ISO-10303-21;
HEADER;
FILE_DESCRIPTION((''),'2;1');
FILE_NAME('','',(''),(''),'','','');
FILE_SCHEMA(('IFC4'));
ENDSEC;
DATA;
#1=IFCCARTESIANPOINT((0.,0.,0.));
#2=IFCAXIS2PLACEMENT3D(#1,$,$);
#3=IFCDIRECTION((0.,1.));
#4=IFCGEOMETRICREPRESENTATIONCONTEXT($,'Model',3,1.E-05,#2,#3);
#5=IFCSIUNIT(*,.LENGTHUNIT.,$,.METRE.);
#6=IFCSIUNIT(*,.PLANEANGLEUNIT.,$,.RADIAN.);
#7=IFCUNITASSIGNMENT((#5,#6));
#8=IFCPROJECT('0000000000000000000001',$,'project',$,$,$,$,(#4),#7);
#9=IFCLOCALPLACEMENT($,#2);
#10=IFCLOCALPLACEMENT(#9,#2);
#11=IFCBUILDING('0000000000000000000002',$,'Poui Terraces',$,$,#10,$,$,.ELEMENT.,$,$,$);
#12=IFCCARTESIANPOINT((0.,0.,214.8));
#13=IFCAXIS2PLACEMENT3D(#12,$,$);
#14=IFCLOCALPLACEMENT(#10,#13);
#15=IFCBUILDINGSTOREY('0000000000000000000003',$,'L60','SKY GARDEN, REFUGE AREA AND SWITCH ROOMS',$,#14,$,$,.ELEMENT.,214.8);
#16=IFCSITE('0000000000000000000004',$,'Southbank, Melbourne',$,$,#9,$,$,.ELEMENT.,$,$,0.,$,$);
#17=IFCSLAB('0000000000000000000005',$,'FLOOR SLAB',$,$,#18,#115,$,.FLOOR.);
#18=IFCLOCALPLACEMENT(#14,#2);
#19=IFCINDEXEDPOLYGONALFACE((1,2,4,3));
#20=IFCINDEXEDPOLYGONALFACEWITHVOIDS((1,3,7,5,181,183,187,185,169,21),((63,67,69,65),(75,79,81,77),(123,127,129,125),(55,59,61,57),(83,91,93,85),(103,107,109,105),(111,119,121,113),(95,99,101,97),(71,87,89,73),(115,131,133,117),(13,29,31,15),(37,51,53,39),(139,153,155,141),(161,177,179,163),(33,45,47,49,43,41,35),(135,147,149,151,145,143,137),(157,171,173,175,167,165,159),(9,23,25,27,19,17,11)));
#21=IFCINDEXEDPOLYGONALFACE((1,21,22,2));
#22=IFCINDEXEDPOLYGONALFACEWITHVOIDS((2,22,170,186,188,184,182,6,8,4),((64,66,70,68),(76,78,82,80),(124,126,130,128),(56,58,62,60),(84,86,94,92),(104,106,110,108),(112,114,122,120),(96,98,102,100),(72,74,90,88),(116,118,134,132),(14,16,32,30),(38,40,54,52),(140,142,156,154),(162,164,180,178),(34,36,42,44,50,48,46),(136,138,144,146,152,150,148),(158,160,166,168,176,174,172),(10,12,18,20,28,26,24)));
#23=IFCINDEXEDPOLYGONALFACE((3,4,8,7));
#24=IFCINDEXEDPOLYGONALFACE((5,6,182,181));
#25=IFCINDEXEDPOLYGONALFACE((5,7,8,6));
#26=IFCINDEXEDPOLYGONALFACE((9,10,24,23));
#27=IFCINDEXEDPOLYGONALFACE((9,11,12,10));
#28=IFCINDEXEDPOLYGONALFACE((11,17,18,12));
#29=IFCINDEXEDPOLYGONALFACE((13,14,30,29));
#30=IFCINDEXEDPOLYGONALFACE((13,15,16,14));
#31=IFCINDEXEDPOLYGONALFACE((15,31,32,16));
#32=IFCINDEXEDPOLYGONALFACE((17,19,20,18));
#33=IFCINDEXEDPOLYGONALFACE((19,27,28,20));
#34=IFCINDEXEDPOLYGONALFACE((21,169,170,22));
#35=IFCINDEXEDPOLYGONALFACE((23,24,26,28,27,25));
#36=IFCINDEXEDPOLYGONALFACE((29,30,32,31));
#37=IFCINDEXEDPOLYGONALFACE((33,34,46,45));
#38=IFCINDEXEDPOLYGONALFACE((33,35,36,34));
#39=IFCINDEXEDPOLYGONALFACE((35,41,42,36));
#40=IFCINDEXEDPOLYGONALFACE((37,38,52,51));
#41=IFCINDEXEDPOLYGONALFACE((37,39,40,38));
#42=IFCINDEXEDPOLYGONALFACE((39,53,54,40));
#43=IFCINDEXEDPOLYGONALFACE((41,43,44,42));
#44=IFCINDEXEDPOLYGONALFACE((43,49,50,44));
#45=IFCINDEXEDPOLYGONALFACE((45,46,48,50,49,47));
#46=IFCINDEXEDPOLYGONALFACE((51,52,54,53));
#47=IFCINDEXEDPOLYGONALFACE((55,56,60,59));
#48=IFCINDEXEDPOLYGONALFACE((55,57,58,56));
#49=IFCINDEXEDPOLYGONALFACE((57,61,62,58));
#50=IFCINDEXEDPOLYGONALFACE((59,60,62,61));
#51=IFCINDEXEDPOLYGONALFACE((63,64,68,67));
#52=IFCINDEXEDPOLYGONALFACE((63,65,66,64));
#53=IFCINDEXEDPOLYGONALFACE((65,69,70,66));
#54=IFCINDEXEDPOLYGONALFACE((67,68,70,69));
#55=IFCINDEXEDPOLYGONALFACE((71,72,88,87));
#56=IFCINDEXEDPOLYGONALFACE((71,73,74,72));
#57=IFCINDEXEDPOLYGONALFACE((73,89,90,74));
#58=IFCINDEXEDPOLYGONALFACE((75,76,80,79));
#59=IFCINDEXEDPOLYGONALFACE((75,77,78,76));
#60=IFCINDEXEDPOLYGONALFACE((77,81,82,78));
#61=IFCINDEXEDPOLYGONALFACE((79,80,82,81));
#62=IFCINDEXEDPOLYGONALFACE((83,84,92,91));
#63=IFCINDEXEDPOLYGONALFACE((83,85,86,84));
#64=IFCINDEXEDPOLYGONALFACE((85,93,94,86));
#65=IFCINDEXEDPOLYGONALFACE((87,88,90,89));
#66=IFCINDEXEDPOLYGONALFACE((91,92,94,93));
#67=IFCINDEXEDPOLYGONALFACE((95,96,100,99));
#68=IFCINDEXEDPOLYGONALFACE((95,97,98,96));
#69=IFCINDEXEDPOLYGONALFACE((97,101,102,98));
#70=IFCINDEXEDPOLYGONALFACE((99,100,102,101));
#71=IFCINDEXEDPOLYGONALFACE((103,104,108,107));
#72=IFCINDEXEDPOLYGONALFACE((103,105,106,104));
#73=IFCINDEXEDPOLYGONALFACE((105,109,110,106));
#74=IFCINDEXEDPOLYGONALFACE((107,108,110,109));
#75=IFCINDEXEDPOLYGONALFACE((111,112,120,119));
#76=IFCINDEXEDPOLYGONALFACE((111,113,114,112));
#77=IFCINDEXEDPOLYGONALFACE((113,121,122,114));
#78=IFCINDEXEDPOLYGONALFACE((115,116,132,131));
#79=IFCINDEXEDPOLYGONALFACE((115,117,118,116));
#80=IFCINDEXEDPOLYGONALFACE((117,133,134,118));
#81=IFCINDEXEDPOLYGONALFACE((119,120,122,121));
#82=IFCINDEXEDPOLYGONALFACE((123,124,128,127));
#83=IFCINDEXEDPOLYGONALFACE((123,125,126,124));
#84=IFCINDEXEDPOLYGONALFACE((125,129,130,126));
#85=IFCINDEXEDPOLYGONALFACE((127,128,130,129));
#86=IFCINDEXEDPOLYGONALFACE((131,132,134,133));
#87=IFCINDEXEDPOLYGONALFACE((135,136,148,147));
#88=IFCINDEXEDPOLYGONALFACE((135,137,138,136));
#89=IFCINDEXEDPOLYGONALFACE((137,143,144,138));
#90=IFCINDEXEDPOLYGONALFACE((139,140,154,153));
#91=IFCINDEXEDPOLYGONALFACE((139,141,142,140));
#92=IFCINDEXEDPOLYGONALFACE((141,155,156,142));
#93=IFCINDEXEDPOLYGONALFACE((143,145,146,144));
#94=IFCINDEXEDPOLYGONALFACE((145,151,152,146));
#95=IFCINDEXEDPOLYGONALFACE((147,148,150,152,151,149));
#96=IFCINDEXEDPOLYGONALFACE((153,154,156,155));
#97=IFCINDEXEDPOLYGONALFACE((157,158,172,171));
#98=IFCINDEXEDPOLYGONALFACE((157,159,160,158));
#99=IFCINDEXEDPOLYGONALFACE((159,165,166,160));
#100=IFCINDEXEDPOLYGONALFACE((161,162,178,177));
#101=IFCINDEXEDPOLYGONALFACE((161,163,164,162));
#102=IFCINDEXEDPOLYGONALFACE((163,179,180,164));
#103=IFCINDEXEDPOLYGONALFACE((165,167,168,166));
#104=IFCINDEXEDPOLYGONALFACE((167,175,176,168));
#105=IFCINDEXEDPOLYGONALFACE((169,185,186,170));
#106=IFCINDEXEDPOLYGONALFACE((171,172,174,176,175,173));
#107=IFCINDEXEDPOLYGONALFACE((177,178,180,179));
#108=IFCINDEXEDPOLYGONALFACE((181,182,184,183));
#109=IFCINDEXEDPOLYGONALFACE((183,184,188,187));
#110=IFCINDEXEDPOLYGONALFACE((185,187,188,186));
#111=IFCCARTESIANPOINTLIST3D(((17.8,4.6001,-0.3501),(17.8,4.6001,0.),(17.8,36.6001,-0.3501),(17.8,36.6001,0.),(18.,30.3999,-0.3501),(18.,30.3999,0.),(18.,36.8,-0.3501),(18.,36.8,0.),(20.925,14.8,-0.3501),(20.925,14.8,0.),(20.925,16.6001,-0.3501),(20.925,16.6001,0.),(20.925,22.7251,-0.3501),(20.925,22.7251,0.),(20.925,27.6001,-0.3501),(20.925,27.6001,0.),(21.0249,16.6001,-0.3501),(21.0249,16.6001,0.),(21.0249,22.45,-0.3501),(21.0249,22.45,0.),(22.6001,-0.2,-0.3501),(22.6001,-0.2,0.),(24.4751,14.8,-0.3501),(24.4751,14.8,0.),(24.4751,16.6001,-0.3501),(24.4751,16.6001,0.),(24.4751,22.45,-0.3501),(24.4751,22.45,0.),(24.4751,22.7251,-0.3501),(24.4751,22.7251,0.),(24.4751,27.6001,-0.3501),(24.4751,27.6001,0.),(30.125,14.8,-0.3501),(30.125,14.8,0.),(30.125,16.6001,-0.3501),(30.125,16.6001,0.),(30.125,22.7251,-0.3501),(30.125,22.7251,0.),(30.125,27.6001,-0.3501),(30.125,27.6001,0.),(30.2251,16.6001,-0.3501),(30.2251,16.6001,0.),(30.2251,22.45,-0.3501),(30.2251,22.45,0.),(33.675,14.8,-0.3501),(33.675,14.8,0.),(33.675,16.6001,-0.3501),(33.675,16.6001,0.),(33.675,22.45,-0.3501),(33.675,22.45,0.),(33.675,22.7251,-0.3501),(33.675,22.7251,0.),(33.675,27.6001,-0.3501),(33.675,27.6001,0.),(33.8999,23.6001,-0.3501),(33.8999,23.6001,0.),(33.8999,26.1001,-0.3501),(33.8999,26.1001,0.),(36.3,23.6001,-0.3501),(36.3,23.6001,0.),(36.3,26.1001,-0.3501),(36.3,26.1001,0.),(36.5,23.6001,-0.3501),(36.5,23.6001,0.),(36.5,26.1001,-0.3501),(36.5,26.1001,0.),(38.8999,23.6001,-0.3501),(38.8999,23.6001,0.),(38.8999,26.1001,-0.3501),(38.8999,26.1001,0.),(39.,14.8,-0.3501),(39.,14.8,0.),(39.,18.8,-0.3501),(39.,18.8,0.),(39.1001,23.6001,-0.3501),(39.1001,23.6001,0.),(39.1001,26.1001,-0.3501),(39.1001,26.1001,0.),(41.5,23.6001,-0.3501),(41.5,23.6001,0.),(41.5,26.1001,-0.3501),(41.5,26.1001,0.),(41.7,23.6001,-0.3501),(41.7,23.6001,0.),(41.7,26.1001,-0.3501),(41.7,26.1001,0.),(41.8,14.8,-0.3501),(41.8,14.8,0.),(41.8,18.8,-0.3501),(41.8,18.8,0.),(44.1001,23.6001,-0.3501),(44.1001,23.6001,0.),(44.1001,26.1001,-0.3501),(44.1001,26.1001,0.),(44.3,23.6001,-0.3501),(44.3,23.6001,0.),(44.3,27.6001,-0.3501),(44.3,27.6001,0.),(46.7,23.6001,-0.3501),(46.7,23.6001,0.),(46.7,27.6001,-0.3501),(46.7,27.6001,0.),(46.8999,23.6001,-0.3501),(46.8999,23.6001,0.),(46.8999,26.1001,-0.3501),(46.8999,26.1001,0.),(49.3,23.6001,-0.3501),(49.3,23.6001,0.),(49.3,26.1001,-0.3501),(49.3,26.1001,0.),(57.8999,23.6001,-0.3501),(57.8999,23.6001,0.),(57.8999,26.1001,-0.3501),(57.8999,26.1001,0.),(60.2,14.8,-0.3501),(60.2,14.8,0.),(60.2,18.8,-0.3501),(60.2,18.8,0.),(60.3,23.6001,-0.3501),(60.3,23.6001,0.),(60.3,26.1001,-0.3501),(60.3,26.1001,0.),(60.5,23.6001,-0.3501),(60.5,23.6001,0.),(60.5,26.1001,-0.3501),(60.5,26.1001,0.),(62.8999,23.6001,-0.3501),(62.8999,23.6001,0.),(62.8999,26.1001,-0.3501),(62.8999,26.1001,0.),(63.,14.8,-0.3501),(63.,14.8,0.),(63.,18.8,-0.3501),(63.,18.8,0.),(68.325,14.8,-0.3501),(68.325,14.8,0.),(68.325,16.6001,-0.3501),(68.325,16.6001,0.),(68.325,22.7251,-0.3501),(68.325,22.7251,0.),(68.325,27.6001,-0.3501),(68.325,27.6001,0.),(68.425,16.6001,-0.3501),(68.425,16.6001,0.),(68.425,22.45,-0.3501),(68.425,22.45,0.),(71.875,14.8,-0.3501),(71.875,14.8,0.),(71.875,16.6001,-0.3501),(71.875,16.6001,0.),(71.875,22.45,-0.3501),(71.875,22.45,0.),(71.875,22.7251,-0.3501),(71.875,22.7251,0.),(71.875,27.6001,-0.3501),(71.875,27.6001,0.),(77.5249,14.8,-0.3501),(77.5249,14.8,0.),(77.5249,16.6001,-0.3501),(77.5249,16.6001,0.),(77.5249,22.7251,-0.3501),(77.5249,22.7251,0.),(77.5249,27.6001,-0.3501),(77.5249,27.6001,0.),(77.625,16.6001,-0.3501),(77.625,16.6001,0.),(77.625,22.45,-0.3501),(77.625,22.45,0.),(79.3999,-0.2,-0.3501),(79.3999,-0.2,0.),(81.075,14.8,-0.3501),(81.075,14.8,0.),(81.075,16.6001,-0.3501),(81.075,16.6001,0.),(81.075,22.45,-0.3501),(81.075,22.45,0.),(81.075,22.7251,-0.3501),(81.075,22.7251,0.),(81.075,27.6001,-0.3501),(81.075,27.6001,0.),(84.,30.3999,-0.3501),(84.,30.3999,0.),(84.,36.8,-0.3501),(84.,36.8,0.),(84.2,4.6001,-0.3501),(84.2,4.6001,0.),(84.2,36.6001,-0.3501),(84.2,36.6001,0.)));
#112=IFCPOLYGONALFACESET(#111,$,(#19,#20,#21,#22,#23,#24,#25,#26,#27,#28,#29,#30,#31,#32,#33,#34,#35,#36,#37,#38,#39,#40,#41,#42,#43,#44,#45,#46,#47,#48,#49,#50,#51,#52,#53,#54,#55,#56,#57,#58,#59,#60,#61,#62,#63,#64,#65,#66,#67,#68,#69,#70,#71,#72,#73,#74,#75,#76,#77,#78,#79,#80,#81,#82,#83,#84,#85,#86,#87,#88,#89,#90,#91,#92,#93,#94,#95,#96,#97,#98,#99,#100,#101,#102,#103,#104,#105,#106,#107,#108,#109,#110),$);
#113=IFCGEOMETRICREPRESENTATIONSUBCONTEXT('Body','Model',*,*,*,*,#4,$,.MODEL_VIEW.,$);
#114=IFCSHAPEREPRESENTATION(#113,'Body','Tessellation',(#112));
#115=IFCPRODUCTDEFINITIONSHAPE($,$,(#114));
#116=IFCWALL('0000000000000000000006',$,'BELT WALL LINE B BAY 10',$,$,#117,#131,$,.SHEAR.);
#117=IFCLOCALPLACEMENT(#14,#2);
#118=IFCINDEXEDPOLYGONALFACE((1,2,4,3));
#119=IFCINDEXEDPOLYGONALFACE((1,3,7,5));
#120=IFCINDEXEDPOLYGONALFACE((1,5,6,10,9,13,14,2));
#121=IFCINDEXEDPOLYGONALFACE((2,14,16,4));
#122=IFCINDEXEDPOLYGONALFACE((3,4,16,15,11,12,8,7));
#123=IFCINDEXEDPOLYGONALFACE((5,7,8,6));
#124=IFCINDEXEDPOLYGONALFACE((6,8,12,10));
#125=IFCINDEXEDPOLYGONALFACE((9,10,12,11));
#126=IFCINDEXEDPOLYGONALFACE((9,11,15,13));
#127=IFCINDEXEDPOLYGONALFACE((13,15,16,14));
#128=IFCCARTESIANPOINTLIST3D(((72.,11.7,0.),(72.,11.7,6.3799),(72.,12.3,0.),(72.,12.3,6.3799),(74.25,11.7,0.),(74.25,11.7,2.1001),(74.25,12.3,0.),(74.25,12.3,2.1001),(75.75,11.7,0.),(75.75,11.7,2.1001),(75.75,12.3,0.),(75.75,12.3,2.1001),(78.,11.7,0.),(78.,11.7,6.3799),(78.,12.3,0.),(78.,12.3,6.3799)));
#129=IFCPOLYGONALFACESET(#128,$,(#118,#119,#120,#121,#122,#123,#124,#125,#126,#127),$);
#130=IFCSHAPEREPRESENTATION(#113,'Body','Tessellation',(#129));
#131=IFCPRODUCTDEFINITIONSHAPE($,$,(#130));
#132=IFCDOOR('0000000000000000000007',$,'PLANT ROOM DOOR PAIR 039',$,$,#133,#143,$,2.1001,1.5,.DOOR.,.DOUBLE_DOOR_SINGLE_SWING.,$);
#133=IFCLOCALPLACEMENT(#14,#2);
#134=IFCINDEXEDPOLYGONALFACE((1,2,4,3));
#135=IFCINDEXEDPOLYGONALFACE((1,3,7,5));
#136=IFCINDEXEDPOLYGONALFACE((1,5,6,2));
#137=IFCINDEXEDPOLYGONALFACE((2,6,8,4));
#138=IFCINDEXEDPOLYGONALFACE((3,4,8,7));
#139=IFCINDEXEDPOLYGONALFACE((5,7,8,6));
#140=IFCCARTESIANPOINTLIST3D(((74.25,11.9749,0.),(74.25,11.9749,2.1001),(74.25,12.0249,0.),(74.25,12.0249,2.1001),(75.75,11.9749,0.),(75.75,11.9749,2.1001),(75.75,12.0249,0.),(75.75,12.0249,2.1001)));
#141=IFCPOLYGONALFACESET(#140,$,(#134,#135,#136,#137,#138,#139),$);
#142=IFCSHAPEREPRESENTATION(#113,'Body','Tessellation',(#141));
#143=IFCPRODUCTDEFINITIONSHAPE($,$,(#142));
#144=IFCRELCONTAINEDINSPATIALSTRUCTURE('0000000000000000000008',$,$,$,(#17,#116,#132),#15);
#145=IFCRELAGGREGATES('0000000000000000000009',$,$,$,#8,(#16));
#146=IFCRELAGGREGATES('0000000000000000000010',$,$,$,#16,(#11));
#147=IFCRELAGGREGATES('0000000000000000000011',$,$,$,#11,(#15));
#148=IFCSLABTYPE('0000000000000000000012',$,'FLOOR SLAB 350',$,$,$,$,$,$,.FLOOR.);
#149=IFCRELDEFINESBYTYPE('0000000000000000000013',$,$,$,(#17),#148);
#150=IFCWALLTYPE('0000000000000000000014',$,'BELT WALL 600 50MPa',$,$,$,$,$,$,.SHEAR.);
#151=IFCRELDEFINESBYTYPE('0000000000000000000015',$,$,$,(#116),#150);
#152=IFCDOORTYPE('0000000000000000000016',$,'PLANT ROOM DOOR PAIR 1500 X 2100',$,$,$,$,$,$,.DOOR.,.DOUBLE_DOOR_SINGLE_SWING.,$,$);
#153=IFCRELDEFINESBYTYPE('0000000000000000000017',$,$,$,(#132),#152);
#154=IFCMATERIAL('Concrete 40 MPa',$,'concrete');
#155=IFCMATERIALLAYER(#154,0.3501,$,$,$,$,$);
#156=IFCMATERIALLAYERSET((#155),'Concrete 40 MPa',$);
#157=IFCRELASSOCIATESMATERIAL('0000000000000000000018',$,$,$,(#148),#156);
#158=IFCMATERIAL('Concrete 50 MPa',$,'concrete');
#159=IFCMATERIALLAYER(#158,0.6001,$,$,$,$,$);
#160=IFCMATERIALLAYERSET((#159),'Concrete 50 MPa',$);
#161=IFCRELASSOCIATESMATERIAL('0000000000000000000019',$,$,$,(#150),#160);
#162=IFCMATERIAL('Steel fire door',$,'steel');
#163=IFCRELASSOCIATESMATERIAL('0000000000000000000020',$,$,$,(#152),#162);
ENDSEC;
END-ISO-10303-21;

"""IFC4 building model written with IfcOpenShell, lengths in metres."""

from ifc_helpers import new_model, si_unit, direction, frame, frame_2d, origin, place, context, subcontext, project, spatial, polyline, rectangle, outline, extrude, source, transform, mapped, material, layer, layer_set, type_object, element, fill, save


model = new_model("IFC4")

# Units and contexts
model_context = context("Model", 3, precision=1e-05, world=origin(), true_north=direction((0.0, 1.0)))
body_context = subcontext(model_context, "Body", "Model", "MODEL_VIEW")
ifc_project = project(units=[si_unit("LENGTHUNIT", "METRE"), si_unit("PLANEANGLEUNIT", "RADIAN")], contexts=[model_context])

# Site, building, storey
site_placement = place(None, origin())
site = spatial("IfcSite", under=ifc_project, at=site_placement, Name="Southbank, Melbourne", CompositionType="ELEMENT", RefElevation=0.0)
building_placement = place(site_placement, origin())
building = spatial("IfcBuilding", under=site, at=building_placement, Name="Poui Terraces", CompositionType="ELEMENT")
storey_placement = place(building_placement, frame((0.0, 0.0, 214.8)))
storey = spatial("IfcBuildingStorey", under=building, at=storey_placement, Name="L60", Description="SKY GARDEN, REFUGE AREA AND SWITCH ROOMS", CompositionType="ELEMENT", Elevation=214.8)

# Slab
ifc_material_1 = material(Name="Concrete 40 MPa", Category="concrete")
ifc_layer_1 = layer(ifc_material_1, 0.3501)
ifc_layer_set_1 = layer_set([ifc_layer_1], Name="Concrete 40 MPa")
slab_type = type_object("IfcSlabType", Name="FLOOR SLAB 350", PredefinedType="FLOOR", material=ifc_layer_set_1)
shared_shape = source(origin(), body_context, "Body", "SweptSolid", [
    extrude(outline(polyline([(0.0, 0.0), (0.0, 32.0), (-0.2, 32.2), (-0.2, 25.7998), (-66.2, 25.7998), (-66.2, 32.2), (-66.3999, 32.0), (-66.3999, 0.0), (-61.5999, -4.8), (-4.8, -4.8), (0.0, 0.0)]), holes=[polyline([(-45.2, 10.2), (-45.2, 14.2), (-42.3999, 14.2), (-42.3999, 10.2), (-45.2, 10.2)]), polyline([(-63.175, 17.8499), (-59.7249, 17.8499), (-59.7249, 12.0), (-59.7249, 10.2), (-63.2749, 10.2), (-63.2749, 12.0), (-63.175, 12.0), (-63.175, 17.8499)]), polyline([(-53.9749, 17.8499), (-50.5249, 17.8499), (-50.5249, 12.0), (-50.5249, 10.2), (-54.075, 10.2), (-54.075, 12.0), (-53.9749, 12.0), (-53.9749, 17.8499)]), polyline([(-50.3, 19.0), (-50.3, 21.5), (-47.8999, 21.5), (-47.8999, 19.0), (-50.3, 19.0)]), polyline([(-47.7, 19.0), (-47.7, 21.5), (-45.3, 21.5), (-45.3, 19.0), (-47.7, 19.0)]), polyline([(-45.0999, 19.0), (-45.0999, 21.5), (-42.7, 21.5), (-42.7, 19.0), (-45.0999, 19.0)]), polyline([(-42.5, 19.0), (-42.5, 21.5), (-40.0999, 21.5), (-40.0999, 19.0), (-42.5, 19.0)]), polyline([(-63.2749, 23.0), (-59.7249, 23.0), (-59.7249, 18.125), (-63.2749, 18.125), (-63.2749, 23.0)]), polyline([(-54.075, 23.0), (-50.5249, 23.0), (-50.5249, 18.125), (-54.075, 18.125), (-54.075, 23.0)]), polyline([(-24.0, 10.2), (-24.0, 14.2), (-21.2, 14.2), (-21.2, 10.2), (-24.0, 10.2)]), polyline([(-15.7749, 17.8499), (-12.325, 17.8499), (-12.325, 12.0), (-12.325, 10.2), (-15.875, 10.2), (-15.875, 12.0), (-15.7749, 12.0), (-15.7749, 17.8499)]), polyline([(-6.575, 17.8499), (-3.125, 17.8499), (-3.125, 12.0), (-3.125, 10.2), (-6.675, 10.2), (-6.675, 12.0), (-6.575, 12.0), (-6.575, 17.8499)]), polyline([(-37.3, 19.0), (-37.3, 21.5), (-34.8999, 21.5), (-34.8999, 19.0), (-37.3, 19.0)]), polyline([(-26.3, 19.0), (-26.3, 21.5), (-23.8999, 21.5), (-23.8999, 19.0), (-26.3, 19.0)]), polyline([(-23.7, 19.0), (-23.7, 21.5), (-21.3, 21.5), (-21.3, 19.0), (-23.7, 19.0)]), polyline([(-15.875, 18.125), (-15.875, 23.0), (-12.325, 23.0), (-12.325, 18.125), (-15.875, 18.125)]), polyline([(-6.675, 23.0), (-3.125, 23.0), (-3.125, 18.125), (-6.675, 18.125), (-6.675, 23.0)]), polyline([(-39.8999, 23.0), (-37.5, 23.0), (-37.5, 19.0), (-39.8999, 19.0), (-39.8999, 23.0)])]), origin(), (0.0, 0.0, 1.0), 0.3501),
])
slab_placement = place(storey_placement, frame((84.2, 4.6001, -0.3501)))
element("IfcSlab", 1, at=slab_placement, inside=storey, type_object=slab_type, Name="FLOOR SLAB", PredefinedType="FLOOR", context=body_context, shape_type="MappedRepresentation", body=[
    mapped(shared_shape, transform((0.0, 0.0, 0.0))),
])

# Wall, opening, door
ifc_material_2 = material(Name="Concrete 50 MPa", Category="concrete")
ifc_layer_2 = layer(ifc_material_2, 0.6001)
ifc_layer_set_2 = layer_set([ifc_layer_2], Name="Concrete 50 MPa")
wall_type_1 = type_object("IfcWallType", Name="BELT WALL 600 50MPa", PredefinedType="SHEAR", material=ifc_layer_set_2)
wall_1_placement = place(storey_placement, frame((72.0, 12.0, 0.0), z_axis=(0.0, 0.0, 1.0), x_axis=(1.0, 0.0, 0.0)))
wall_1 = element("IfcWall", 2, at=wall_1_placement, inside=storey, type_object=wall_type_1, Name="BELT WALL LINE B BAY 10", PredefinedType="SHEAR", context=body_context, shape_type="SweptSolid", body=[
    extrude(rectangle(XDim=6.0, YDim=0.6001, at=frame_2d((3.0, 0.0))), origin(), (0.0, 0.0, 1.0), 6.3799),
])
opening_1_placement = place(wall_1_placement, frame((2.25, 0.0, 0.0)))
opening_1 = element("IfcOpeningElement", 3, at=opening_1_placement, cuts=wall_1, PredefinedType="OPENING", context=body_context, shape_type="SweptSolid", body=[
    extrude(rectangle(XDim=1.5, YDim=2.1001, at=frame_2d((0.75, 1.05))), frame((0.0, 0.3101, 0.0), z_axis=(0.0, -1.0, 0.0), x_axis=(1.0, 0.0, 0.0)), (0.0, 0.0, 1.0), 0.6201),
])
ifc_material_3 = material(Name="Steel fire door", Category="steel")
door_type_1 = type_object("IfcDoorType", Name="PLANT ROOM DOOR PAIR 1500 X 2100", OperationType="DOUBLE_DOOR_SINGLE_SWING", PredefinedType="DOOR", material=ifc_material_3)
door_1_placement = place(opening_1_placement, origin())
door_1 = element("IfcDoor", 4, at=door_1_placement, inside=storey, type_object=door_type_1, Name="PLANT ROOM DOOR PAIR 039", OperationType="DOUBLE_DOOR_SINGLE_SWING", OverallHeight=2.1001, OverallWidth=1.5, PredefinedType="DOOR", context=body_context, shape_type="SweptSolid", body=[
    extrude(rectangle(XDim=1.5, YDim=2.1001, at=frame_2d((0.75, 1.05))), frame((0.0, 0.0249, 0.0), z_axis=(0.0, -1.0, 0.0), x_axis=(1.0, 0.0, 0.0)), (0.0, 0.0, 1.0), 0.05),
])
fill(opening_1, door_1)

save(model, "model.ifc")
